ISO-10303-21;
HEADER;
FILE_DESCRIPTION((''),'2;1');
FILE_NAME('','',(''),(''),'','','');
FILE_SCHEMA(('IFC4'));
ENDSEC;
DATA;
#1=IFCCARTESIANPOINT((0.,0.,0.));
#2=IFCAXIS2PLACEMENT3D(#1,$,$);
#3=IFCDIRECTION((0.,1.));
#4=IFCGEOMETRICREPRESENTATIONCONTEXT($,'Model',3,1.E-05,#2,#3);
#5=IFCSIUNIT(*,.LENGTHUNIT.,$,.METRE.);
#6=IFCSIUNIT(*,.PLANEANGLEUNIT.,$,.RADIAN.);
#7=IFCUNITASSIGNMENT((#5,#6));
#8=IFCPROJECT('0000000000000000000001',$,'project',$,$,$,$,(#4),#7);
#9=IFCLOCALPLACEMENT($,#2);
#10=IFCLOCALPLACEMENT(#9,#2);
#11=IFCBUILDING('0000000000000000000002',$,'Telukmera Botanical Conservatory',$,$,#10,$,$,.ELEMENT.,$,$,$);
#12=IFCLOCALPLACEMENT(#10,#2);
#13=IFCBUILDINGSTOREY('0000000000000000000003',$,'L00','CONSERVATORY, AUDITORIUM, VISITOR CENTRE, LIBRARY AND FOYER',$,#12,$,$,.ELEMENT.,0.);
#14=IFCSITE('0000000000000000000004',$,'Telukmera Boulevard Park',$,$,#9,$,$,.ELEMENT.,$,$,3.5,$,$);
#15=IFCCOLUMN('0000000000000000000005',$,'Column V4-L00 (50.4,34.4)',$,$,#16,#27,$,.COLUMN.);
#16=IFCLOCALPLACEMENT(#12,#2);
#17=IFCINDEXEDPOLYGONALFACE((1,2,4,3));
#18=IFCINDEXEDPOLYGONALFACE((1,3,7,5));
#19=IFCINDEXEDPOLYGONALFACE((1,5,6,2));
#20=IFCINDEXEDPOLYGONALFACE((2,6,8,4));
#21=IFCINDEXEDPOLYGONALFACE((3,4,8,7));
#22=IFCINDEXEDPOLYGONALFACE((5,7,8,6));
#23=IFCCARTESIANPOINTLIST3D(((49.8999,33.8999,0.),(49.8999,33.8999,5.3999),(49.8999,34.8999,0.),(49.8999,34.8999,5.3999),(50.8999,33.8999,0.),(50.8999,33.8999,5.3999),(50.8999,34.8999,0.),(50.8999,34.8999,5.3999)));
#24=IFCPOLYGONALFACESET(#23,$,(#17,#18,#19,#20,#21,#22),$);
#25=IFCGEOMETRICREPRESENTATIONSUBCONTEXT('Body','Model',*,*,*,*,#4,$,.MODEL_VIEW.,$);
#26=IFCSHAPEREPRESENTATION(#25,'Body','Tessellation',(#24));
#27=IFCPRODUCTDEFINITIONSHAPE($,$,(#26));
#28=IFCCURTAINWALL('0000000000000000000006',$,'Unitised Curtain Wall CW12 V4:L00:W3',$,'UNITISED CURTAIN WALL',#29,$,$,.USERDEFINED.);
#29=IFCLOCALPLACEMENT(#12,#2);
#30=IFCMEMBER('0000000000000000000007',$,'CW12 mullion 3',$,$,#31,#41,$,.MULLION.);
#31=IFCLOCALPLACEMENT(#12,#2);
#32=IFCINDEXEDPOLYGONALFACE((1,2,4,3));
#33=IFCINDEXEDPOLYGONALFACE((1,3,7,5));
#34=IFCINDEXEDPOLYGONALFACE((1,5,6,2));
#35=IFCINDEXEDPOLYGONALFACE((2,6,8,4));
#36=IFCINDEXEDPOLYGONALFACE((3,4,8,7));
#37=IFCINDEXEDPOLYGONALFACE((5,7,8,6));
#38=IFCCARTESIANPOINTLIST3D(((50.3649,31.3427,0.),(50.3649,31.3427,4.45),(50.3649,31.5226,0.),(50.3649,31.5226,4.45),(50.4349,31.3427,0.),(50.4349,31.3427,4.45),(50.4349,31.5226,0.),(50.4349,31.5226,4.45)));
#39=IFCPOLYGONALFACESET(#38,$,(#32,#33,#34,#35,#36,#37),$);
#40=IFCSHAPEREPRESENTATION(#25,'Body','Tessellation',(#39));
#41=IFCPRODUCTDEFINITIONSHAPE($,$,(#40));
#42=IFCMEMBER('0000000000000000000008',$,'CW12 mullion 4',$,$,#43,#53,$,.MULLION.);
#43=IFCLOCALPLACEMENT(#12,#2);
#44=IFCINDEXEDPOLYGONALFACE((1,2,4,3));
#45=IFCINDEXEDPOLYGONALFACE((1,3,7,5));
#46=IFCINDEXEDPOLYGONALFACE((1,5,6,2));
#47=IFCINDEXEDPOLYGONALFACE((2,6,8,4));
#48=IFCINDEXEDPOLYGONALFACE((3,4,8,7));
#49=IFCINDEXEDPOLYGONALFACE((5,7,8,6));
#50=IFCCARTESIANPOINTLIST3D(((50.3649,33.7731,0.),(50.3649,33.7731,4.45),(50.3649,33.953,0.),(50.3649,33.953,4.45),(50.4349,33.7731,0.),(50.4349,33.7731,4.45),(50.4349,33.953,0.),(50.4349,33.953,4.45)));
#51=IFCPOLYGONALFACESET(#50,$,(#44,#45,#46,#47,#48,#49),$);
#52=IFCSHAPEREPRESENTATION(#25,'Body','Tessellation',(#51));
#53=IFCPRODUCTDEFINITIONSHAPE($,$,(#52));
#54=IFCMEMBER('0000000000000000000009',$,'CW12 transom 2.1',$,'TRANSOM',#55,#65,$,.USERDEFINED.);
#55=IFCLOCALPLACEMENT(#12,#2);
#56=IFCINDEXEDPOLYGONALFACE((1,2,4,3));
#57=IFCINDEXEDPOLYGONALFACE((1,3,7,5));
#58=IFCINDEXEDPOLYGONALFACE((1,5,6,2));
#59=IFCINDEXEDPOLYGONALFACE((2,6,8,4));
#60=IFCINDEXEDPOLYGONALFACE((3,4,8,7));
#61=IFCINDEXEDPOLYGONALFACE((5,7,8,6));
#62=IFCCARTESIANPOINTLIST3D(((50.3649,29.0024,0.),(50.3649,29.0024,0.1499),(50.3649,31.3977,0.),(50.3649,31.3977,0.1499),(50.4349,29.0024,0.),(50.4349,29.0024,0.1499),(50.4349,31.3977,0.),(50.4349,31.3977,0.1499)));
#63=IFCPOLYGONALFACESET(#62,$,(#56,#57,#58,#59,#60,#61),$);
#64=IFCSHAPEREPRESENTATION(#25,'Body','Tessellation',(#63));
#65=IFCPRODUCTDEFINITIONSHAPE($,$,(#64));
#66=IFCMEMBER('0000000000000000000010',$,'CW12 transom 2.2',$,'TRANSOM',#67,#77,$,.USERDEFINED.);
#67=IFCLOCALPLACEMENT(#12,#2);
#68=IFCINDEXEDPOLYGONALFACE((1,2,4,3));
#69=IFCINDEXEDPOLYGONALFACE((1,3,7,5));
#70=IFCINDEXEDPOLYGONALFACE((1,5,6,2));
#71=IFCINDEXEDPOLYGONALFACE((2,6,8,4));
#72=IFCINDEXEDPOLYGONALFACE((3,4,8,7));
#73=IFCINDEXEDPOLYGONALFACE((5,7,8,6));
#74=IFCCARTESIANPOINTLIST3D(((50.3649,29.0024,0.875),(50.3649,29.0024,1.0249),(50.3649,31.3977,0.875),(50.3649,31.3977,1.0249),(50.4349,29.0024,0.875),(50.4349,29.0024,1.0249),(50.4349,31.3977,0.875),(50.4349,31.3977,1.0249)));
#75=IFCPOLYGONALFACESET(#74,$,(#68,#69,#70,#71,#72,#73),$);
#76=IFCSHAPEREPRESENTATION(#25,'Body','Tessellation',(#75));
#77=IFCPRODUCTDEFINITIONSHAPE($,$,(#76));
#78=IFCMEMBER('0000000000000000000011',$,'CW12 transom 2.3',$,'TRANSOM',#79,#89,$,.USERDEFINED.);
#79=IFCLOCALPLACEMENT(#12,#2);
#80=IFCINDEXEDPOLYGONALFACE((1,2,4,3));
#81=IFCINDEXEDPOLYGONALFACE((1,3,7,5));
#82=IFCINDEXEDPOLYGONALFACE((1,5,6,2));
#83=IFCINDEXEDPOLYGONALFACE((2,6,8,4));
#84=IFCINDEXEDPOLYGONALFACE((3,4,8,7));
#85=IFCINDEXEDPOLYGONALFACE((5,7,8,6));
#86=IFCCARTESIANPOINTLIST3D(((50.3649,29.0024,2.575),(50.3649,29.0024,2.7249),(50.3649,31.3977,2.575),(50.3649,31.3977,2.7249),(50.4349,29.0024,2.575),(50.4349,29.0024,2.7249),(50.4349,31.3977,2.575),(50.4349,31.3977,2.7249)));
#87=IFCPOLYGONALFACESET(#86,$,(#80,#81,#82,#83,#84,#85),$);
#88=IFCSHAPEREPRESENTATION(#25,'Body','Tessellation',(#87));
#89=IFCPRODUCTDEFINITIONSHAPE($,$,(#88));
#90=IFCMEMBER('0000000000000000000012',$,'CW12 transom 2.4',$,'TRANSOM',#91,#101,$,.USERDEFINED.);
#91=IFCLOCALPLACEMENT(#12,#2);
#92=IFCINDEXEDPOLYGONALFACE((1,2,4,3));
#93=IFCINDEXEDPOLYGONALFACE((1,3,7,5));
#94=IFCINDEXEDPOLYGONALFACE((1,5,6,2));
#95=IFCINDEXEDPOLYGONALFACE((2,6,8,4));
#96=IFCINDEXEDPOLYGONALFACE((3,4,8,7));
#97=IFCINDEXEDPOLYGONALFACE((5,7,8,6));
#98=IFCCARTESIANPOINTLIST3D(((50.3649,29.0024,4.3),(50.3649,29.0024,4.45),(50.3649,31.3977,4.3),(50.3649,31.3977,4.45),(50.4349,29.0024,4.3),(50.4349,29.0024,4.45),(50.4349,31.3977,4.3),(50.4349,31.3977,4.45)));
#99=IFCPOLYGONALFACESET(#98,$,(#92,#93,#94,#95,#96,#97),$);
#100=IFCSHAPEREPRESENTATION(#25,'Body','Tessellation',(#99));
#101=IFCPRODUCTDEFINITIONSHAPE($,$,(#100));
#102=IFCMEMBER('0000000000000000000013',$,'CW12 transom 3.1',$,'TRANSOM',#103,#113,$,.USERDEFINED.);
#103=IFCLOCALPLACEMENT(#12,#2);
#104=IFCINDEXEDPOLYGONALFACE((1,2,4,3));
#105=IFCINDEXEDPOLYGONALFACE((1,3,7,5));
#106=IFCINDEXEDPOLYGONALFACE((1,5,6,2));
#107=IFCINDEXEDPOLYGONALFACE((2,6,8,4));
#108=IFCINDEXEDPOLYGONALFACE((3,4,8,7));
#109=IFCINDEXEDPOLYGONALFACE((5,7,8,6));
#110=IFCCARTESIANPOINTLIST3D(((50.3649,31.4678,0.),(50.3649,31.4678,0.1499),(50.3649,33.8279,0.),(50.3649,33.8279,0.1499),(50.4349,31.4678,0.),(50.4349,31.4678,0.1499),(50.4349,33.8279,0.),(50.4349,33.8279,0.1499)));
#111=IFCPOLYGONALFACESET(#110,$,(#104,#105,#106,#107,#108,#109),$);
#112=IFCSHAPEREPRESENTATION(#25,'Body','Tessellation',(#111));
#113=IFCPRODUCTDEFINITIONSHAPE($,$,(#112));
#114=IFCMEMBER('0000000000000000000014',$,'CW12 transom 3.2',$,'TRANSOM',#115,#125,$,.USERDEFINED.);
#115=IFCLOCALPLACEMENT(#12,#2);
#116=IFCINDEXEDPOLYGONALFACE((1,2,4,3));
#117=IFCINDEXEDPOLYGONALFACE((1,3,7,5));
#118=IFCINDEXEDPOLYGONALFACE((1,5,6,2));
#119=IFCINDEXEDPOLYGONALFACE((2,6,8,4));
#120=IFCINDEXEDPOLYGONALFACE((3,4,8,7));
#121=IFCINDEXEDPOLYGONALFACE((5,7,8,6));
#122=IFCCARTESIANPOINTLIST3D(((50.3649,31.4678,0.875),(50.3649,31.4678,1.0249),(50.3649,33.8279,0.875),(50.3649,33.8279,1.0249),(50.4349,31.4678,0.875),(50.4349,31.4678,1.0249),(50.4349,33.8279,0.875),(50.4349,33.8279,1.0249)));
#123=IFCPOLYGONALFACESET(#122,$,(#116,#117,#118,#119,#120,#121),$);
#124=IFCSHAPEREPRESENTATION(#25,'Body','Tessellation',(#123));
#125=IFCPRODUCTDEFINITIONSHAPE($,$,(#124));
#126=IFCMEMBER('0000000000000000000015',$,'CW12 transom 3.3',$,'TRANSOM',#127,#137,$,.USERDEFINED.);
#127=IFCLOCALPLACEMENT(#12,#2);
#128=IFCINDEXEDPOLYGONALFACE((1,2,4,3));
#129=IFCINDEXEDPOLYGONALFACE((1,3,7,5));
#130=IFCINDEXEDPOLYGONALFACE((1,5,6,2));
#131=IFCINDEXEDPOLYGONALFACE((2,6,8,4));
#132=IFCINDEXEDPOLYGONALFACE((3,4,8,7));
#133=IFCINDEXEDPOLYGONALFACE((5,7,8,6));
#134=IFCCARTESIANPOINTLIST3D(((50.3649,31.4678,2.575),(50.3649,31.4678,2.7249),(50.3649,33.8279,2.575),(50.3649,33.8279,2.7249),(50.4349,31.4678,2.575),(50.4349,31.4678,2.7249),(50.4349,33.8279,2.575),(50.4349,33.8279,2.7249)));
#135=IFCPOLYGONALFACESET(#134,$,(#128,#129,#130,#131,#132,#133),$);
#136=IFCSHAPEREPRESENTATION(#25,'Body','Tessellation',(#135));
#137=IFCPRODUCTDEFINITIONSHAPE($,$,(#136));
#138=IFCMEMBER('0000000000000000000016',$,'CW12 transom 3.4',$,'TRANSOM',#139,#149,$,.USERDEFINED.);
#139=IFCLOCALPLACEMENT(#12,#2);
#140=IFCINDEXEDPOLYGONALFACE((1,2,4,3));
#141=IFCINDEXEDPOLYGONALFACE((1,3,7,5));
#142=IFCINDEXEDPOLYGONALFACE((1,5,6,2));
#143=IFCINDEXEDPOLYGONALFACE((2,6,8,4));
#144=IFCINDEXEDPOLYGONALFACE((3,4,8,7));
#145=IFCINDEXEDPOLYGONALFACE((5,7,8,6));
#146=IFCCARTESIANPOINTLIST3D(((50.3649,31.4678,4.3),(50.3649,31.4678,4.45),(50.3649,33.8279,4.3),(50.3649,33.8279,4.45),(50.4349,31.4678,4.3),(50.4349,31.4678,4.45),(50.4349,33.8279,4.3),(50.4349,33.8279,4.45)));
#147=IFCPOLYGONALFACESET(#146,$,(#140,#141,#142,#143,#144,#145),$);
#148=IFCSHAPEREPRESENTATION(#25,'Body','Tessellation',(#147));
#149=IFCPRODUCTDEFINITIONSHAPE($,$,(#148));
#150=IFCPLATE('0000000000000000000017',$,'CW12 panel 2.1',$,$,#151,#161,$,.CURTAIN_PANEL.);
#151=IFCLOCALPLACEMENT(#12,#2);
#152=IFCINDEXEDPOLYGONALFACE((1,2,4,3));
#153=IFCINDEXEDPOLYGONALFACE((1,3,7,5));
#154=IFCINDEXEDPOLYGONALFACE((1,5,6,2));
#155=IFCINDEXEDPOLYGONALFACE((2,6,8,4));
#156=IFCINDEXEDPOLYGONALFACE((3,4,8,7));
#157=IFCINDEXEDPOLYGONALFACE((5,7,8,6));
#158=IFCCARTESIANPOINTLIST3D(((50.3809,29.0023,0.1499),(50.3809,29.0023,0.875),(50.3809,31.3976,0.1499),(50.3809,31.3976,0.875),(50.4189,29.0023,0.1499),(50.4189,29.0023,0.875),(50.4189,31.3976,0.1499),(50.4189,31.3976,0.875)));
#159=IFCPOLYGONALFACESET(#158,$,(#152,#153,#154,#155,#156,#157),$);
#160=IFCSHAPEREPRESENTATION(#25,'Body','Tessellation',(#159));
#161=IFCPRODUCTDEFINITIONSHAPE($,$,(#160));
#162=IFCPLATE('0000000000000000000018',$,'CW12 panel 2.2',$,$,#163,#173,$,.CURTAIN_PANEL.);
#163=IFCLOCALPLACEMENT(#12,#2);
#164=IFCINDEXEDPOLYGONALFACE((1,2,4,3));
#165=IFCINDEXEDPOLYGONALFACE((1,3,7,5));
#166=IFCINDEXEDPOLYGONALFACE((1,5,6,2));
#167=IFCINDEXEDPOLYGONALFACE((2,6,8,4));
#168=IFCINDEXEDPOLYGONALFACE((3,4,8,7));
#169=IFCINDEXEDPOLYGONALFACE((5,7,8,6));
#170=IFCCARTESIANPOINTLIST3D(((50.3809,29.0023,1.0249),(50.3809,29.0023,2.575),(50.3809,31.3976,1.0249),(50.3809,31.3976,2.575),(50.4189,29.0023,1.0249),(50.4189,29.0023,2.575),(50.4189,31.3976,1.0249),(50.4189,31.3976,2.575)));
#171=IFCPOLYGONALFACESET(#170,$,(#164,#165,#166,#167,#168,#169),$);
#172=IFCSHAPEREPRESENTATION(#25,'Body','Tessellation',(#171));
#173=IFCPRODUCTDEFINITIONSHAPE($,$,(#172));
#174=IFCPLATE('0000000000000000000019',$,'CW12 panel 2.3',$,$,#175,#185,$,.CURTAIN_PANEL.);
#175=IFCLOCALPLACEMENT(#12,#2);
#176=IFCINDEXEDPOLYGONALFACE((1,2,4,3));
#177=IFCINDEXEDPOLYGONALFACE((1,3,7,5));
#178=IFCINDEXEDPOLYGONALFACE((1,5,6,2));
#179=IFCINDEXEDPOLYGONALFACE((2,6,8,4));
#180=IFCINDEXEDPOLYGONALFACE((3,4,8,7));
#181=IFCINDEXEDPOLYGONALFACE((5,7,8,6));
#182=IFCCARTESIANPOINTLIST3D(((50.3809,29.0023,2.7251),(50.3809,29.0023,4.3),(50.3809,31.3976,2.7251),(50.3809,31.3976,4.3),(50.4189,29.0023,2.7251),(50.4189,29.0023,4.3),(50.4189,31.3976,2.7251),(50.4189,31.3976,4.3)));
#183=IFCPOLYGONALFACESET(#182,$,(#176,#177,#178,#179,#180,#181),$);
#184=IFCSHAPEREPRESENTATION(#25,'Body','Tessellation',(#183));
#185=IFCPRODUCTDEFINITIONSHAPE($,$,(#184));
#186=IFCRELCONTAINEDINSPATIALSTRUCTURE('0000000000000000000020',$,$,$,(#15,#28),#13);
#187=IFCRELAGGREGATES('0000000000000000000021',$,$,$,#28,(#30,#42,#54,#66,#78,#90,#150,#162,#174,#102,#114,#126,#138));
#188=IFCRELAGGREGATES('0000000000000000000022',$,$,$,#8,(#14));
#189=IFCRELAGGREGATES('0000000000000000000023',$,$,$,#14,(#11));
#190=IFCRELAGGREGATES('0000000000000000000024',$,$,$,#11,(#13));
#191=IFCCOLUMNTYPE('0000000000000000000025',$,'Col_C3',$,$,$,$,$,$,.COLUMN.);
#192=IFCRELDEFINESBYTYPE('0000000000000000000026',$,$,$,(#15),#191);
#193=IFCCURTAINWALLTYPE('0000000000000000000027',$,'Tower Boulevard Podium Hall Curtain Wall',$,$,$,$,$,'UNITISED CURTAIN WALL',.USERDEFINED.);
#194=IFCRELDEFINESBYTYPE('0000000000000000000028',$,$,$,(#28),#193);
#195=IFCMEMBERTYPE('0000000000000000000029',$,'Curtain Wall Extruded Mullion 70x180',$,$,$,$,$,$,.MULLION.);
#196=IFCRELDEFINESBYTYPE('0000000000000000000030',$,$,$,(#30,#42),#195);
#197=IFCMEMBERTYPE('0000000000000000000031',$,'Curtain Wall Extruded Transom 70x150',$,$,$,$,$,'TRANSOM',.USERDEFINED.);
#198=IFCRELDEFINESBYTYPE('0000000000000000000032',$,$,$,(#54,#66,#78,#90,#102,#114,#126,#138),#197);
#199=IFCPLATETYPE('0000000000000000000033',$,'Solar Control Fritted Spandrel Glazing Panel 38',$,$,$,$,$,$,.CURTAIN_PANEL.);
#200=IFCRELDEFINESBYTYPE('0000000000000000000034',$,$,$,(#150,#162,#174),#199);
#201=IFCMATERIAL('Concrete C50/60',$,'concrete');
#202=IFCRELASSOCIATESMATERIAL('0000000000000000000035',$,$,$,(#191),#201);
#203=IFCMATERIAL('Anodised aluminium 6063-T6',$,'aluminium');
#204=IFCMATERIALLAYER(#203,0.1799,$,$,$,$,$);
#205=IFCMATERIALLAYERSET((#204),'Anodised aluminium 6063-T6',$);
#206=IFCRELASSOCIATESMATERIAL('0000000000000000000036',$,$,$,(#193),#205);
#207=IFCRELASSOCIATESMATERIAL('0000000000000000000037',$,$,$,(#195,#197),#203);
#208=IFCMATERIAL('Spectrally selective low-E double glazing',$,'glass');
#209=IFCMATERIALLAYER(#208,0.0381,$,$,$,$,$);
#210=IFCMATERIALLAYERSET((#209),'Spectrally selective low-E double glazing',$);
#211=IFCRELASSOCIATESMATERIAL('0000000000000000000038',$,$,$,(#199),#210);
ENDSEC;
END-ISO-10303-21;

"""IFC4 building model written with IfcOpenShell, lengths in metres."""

from ifc_helpers import new_model, si_unit, direction, frame, origin, origin_2d, place, context, subcontext, project, spatial, rectangle, extrude, material, layer, layer_set, material_profile, profile_set, type_object, element, aggregate, save


model = new_model("IFC4")

# Units and contexts
model_context = context("Model", 3, precision=1e-05, world=origin(), true_north=direction((0.0, 1.0)))
body_context = subcontext(model_context, "Body", "Model", "MODEL_VIEW")
ifc_project = project(units=[si_unit("LENGTHUNIT", "METRE"), si_unit("PLANEANGLEUNIT", "RADIAN")], contexts=[model_context])

# Site, building, storey
site_placement = place(None, origin())
site = spatial("IfcSite", under=ifc_project, at=site_placement, Name="Telukmera Boulevard Park", CompositionType="ELEMENT", RefElevation=3.5)
building_placement = place(site_placement, origin())
building = spatial("IfcBuilding", under=site, at=building_placement, Name="Telukmera Botanical Conservatory", CompositionType="ELEMENT")
storey_placement = place(building_placement, origin())
storey = spatial("IfcBuildingStorey", under=building, at=storey_placement, Name="L00", Description="CONSERVATORY, AUDITORIUM, VISITOR CENTRE, LIBRARY AND FOYER", CompositionType="ELEMENT", Elevation=0.0)

# Column
ifc_material_1 = material(Name="Concrete C50/60", Category="concrete")
ifc_material_profile_1 = material_profile(ifc_material_1, rectangle(XDim=1.0, YDim=1.0, at=origin_2d()), Name="RC 1000x1000")
ifc_profile_set_1 = profile_set([ifc_material_profile_1], Name="Concrete C50/60")
column_type = type_object("IfcColumnType", Name="Col_C3", PredefinedType="COLUMN", material=ifc_profile_set_1)
column_placement = place(storey_placement, frame((50.3999, 34.3999, 0.0), z_axis=(0.0, 0.0, 1.0), x_axis=(1.0, 0.0, 0.0)))
element("IfcColumn", 1, at=column_placement, inside=storey, type_object=column_type, Name="Column V4-L00 (50.4,34.4)", PredefinedType="COLUMN", context=body_context, shape_type="SweptSolid", body=[
    extrude(rectangle(XDim=1.0, YDim=1.0, at=origin_2d()), origin(), (0.0, 0.0, 1.0), 5.3999),
])

# Curtain wall, members, plates
ifc_material_2 = material(Name="Anodised aluminium 6063-T6", Category="aluminium")
ifc_layer_1 = layer(ifc_material_2, 0.1799)
ifc_layer_set_1 = layer_set([ifc_layer_1], Name="Anodised aluminium 6063-T6")
curtain_wall_type = type_object("IfcCurtainWallType", Name="Tower Boulevard Podium Hall Curtain Wall", ElementType="UNITISED CURTAIN WALL", PredefinedType="USERDEFINED", material=ifc_layer_set_1)
curtain_wall_placement = place(storey_placement, origin())
curtain_wall = element("IfcCurtainWall", 2, at=curtain_wall_placement, inside=storey, type_object=curtain_wall_type, Name="Unitised Curtain Wall CW12 V4:L00:W3", ObjectType="UNITISED CURTAIN WALL", PredefinedType="USERDEFINED")
ifc_material_profile_2 = material_profile(ifc_material_2, rectangle(XDim=0.0701, YDim=0.1799, at=origin_2d()), Name="ALU MULL 70x180")
ifc_profile_set_2 = profile_set([ifc_material_profile_2], Name="Anodised aluminium 6063-T6")
member_type_1 = type_object("IfcMemberType", Name="Curtain Wall Extruded Mullion 70x180", PredefinedType="MULLION", material=ifc_profile_set_2)
member_1_placement = place(storey_placement, frame((50.3999, 31.4326, 0.0), z_axis=(0.0, 0.0, 1.0), x_axis=(-1.0, 0.0, 0.0)))
member_1 = element("IfcMember", 3, at=member_1_placement, type_object=member_type_1, Name="CW12 mullion 3", PredefinedType="MULLION", context=body_context, shape_type="SweptSolid", body=[
    extrude(rectangle(XDim=0.0701, YDim=0.1799, at=origin_2d()), origin(), (0.0, 0.0, 1.0), 4.45),
])
member_2_placement = place(storey_placement, frame((50.3999, 33.863, 0.0), z_axis=(0.0, 0.0, 1.0), x_axis=(-1.0, 0.0, 0.0)))
member_2 = element("IfcMember", 4, at=member_2_placement, type_object=member_type_1, Name="CW12 mullion 4", PredefinedType="MULLION", context=body_context, shape_type="SweptSolid", body=[
    extrude(rectangle(XDim=0.0701, YDim=0.1799, at=origin_2d()), origin(), (0.0, 0.0, 1.0), 4.45),
])
ifc_material_profile_3 = material_profile(ifc_material_2, rectangle(XDim=0.0701, YDim=0.1499, at=origin_2d()), Name="ALU TRAN 70x150")
ifc_profile_set_3 = profile_set([ifc_material_profile_3], Name="Anodised aluminium 6063-T6")
member_type_2 = type_object("IfcMemberType", Name="Curtain Wall Extruded Transom 70x150", ElementType="TRANSOM", PredefinedType="USERDEFINED", material=ifc_profile_set_3)
member_3_placement = place(storey_placement, frame((50.3999, 29.0024, 0.075), z_axis=(0.0, 1.0, 0.0), x_axis=(-1.0, 0.0, 0.0)))
member_3 = element("IfcMember", 5, at=member_3_placement, type_object=member_type_2, Name="CW12 transom 2.1", ObjectType="TRANSOM", PredefinedType="USERDEFINED", context=body_context, shape_type="SweptSolid", body=[
    extrude(rectangle(XDim=0.0701, YDim=0.1499, at=origin_2d()), origin(), (0.0, 0.0, 1.0), 2.3953),
])
member_4_placement = place(storey_placement, frame((50.3999, 29.0024, 0.95), z_axis=(0.0, 1.0, 0.0), x_axis=(-1.0, 0.0, 0.0)))
member_4 = element("IfcMember", 6, at=member_4_placement, type_object=member_type_2, Name="CW12 transom 2.2", ObjectType="TRANSOM", PredefinedType="USERDEFINED", context=body_context, shape_type="SweptSolid", body=[
    extrude(rectangle(XDim=0.0701, YDim=0.1499, at=origin_2d()), origin(), (0.0, 0.0, 1.0), 2.3953),
])
member_5_placement = place(storey_placement, frame((50.3999, 29.0024, 2.6499), z_axis=(0.0, 1.0, 0.0), x_axis=(-1.0, 0.0, 0.0)))
member_5 = element("IfcMember", 7, at=member_5_placement, type_object=member_type_2, Name="CW12 transom 2.3", ObjectType="TRANSOM", PredefinedType="USERDEFINED", context=body_context, shape_type="SweptSolid", body=[
    extrude(rectangle(XDim=0.0701, YDim=0.1499, at=origin_2d()), origin(), (0.0, 0.0, 1.0), 2.3953),
])
member_6_placement = place(storey_placement, frame((50.3999, 29.0024, 4.375), z_axis=(0.0, 1.0, 0.0), x_axis=(-1.0, 0.0, 0.0)))
member_6 = element("IfcMember", 8, at=member_6_placement, type_object=member_type_2, Name="CW12 transom 2.4", ObjectType="TRANSOM", PredefinedType="USERDEFINED", context=body_context, shape_type="SweptSolid", body=[
    extrude(rectangle(XDim=0.0701, YDim=0.1499, at=origin_2d()), origin(), (0.0, 0.0, 1.0), 2.3953),
])
member_7_placement = place(storey_placement, frame((50.3999, 31.4678, 0.075), z_axis=(0.0, 1.0, 0.0), x_axis=(-1.0, 0.0, 0.0)))
member_7 = element("IfcMember", 9, at=member_7_placement, type_object=member_type_2, Name="CW12 transom 3.1", ObjectType="TRANSOM", PredefinedType="USERDEFINED", context=body_context, shape_type="SweptSolid", body=[
    extrude(rectangle(XDim=0.0701, YDim=0.1499, at=origin_2d()), origin(), (0.0, 0.0, 1.0), 2.3601),
])
member_8_placement = place(storey_placement, frame((50.3999, 31.4678, 0.95), z_axis=(0.0, 1.0, 0.0), x_axis=(-1.0, 0.0, 0.0)))
member_8 = element("IfcMember", 10, at=member_8_placement, type_object=member_type_2, Name="CW12 transom 3.2", ObjectType="TRANSOM", PredefinedType="USERDEFINED", context=body_context, shape_type="SweptSolid", body=[
    extrude(rectangle(XDim=0.0701, YDim=0.1499, at=origin_2d()), origin(), (0.0, 0.0, 1.0), 2.3601),
])
member_9_placement = place(storey_placement, frame((50.3999, 31.4678, 2.6499), z_axis=(0.0, 1.0, 0.0), x_axis=(-1.0, 0.0, 0.0)))
member_9 = element("IfcMember", 11, at=member_9_placement, type_object=member_type_2, Name="CW12 transom 3.3", ObjectType="TRANSOM", PredefinedType="USERDEFINED", context=body_context, shape_type="SweptSolid", body=[
    extrude(rectangle(XDim=0.0701, YDim=0.1499, at=origin_2d()), origin(), (0.0, 0.0, 1.0), 2.3601),
])
member_10_placement = place(storey_placement, frame((50.3999, 31.4678, 4.375), z_axis=(0.0, 1.0, 0.0), x_axis=(-1.0, 0.0, 0.0)))
member_10 = element("IfcMember", 12, at=member_10_placement, type_object=member_type_2, Name="CW12 transom 3.4", ObjectType="TRANSOM", PredefinedType="USERDEFINED", context=body_context, shape_type="SweptSolid", body=[
    extrude(rectangle(XDim=0.0701, YDim=0.1499, at=origin_2d()), origin(), (0.0, 0.0, 1.0), 2.3601),
])
ifc_material_3 = material(Name="Spectrally selective low-E double glazing", Category="glass")
ifc_layer_2 = layer(ifc_material_3, 0.0381)
ifc_layer_set_2 = layer_set([ifc_layer_2], Name="Spectrally selective low-E double glazing")
plate_type = type_object("IfcPlateType", Name="Solar Control Fritted Spandrel Glazing Panel 38", PredefinedType="CURTAIN_PANEL", material=ifc_layer_set_2)
plate_1_placement = place(storey_placement, frame((50.3999, 30.2, 0.1499), z_axis=(0.0, 0.0, 1.0), x_axis=(0.0, 1.0, 0.0)))
plate_1 = element("IfcPlate", 13, at=plate_1_placement, type_object=plate_type, Name="CW12 panel 2.1", PredefinedType="CURTAIN_PANEL", context=body_context, shape_type="SweptSolid", body=[
    extrude(rectangle(XDim=2.3953, YDim=0.0381, at=origin_2d()), origin(), (0.0, 0.0, 1.0), 0.7251),
])
plate_2_placement = place(storey_placement, frame((50.3999, 30.2, 1.0249), z_axis=(0.0, 0.0, 1.0), x_axis=(0.0, 1.0, 0.0)))
plate_2 = element("IfcPlate", 14, at=plate_2_placement, type_object=plate_type, Name="CW12 panel 2.2", PredefinedType="CURTAIN_PANEL", context=body_context, shape_type="SweptSolid", body=[
    extrude(rectangle(XDim=2.3953, YDim=0.0381, at=origin_2d()), origin(), (0.0, 0.0, 1.0), 1.55),
])
plate_3_placement = place(storey_placement, frame((50.3999, 30.2, 2.7251), z_axis=(0.0, 0.0, 1.0), x_axis=(0.0, 1.0, 0.0)))
plate_3 = element("IfcPlate", 15, at=plate_3_placement, type_object=plate_type, Name="CW12 panel 2.3", PredefinedType="CURTAIN_PANEL", context=body_context, shape_type="SweptSolid", body=[
    extrude(rectangle(XDim=2.3953, YDim=0.0381, at=origin_2d()), origin(), (0.0, 0.0, 1.0), 1.575),
])
aggregate(curtain_wall, [member_1, member_2, member_3, member_4, member_5, member_6, plate_1, plate_2, plate_3, member_7, member_8, member_9, member_10])

save(model, "model.ifc")
